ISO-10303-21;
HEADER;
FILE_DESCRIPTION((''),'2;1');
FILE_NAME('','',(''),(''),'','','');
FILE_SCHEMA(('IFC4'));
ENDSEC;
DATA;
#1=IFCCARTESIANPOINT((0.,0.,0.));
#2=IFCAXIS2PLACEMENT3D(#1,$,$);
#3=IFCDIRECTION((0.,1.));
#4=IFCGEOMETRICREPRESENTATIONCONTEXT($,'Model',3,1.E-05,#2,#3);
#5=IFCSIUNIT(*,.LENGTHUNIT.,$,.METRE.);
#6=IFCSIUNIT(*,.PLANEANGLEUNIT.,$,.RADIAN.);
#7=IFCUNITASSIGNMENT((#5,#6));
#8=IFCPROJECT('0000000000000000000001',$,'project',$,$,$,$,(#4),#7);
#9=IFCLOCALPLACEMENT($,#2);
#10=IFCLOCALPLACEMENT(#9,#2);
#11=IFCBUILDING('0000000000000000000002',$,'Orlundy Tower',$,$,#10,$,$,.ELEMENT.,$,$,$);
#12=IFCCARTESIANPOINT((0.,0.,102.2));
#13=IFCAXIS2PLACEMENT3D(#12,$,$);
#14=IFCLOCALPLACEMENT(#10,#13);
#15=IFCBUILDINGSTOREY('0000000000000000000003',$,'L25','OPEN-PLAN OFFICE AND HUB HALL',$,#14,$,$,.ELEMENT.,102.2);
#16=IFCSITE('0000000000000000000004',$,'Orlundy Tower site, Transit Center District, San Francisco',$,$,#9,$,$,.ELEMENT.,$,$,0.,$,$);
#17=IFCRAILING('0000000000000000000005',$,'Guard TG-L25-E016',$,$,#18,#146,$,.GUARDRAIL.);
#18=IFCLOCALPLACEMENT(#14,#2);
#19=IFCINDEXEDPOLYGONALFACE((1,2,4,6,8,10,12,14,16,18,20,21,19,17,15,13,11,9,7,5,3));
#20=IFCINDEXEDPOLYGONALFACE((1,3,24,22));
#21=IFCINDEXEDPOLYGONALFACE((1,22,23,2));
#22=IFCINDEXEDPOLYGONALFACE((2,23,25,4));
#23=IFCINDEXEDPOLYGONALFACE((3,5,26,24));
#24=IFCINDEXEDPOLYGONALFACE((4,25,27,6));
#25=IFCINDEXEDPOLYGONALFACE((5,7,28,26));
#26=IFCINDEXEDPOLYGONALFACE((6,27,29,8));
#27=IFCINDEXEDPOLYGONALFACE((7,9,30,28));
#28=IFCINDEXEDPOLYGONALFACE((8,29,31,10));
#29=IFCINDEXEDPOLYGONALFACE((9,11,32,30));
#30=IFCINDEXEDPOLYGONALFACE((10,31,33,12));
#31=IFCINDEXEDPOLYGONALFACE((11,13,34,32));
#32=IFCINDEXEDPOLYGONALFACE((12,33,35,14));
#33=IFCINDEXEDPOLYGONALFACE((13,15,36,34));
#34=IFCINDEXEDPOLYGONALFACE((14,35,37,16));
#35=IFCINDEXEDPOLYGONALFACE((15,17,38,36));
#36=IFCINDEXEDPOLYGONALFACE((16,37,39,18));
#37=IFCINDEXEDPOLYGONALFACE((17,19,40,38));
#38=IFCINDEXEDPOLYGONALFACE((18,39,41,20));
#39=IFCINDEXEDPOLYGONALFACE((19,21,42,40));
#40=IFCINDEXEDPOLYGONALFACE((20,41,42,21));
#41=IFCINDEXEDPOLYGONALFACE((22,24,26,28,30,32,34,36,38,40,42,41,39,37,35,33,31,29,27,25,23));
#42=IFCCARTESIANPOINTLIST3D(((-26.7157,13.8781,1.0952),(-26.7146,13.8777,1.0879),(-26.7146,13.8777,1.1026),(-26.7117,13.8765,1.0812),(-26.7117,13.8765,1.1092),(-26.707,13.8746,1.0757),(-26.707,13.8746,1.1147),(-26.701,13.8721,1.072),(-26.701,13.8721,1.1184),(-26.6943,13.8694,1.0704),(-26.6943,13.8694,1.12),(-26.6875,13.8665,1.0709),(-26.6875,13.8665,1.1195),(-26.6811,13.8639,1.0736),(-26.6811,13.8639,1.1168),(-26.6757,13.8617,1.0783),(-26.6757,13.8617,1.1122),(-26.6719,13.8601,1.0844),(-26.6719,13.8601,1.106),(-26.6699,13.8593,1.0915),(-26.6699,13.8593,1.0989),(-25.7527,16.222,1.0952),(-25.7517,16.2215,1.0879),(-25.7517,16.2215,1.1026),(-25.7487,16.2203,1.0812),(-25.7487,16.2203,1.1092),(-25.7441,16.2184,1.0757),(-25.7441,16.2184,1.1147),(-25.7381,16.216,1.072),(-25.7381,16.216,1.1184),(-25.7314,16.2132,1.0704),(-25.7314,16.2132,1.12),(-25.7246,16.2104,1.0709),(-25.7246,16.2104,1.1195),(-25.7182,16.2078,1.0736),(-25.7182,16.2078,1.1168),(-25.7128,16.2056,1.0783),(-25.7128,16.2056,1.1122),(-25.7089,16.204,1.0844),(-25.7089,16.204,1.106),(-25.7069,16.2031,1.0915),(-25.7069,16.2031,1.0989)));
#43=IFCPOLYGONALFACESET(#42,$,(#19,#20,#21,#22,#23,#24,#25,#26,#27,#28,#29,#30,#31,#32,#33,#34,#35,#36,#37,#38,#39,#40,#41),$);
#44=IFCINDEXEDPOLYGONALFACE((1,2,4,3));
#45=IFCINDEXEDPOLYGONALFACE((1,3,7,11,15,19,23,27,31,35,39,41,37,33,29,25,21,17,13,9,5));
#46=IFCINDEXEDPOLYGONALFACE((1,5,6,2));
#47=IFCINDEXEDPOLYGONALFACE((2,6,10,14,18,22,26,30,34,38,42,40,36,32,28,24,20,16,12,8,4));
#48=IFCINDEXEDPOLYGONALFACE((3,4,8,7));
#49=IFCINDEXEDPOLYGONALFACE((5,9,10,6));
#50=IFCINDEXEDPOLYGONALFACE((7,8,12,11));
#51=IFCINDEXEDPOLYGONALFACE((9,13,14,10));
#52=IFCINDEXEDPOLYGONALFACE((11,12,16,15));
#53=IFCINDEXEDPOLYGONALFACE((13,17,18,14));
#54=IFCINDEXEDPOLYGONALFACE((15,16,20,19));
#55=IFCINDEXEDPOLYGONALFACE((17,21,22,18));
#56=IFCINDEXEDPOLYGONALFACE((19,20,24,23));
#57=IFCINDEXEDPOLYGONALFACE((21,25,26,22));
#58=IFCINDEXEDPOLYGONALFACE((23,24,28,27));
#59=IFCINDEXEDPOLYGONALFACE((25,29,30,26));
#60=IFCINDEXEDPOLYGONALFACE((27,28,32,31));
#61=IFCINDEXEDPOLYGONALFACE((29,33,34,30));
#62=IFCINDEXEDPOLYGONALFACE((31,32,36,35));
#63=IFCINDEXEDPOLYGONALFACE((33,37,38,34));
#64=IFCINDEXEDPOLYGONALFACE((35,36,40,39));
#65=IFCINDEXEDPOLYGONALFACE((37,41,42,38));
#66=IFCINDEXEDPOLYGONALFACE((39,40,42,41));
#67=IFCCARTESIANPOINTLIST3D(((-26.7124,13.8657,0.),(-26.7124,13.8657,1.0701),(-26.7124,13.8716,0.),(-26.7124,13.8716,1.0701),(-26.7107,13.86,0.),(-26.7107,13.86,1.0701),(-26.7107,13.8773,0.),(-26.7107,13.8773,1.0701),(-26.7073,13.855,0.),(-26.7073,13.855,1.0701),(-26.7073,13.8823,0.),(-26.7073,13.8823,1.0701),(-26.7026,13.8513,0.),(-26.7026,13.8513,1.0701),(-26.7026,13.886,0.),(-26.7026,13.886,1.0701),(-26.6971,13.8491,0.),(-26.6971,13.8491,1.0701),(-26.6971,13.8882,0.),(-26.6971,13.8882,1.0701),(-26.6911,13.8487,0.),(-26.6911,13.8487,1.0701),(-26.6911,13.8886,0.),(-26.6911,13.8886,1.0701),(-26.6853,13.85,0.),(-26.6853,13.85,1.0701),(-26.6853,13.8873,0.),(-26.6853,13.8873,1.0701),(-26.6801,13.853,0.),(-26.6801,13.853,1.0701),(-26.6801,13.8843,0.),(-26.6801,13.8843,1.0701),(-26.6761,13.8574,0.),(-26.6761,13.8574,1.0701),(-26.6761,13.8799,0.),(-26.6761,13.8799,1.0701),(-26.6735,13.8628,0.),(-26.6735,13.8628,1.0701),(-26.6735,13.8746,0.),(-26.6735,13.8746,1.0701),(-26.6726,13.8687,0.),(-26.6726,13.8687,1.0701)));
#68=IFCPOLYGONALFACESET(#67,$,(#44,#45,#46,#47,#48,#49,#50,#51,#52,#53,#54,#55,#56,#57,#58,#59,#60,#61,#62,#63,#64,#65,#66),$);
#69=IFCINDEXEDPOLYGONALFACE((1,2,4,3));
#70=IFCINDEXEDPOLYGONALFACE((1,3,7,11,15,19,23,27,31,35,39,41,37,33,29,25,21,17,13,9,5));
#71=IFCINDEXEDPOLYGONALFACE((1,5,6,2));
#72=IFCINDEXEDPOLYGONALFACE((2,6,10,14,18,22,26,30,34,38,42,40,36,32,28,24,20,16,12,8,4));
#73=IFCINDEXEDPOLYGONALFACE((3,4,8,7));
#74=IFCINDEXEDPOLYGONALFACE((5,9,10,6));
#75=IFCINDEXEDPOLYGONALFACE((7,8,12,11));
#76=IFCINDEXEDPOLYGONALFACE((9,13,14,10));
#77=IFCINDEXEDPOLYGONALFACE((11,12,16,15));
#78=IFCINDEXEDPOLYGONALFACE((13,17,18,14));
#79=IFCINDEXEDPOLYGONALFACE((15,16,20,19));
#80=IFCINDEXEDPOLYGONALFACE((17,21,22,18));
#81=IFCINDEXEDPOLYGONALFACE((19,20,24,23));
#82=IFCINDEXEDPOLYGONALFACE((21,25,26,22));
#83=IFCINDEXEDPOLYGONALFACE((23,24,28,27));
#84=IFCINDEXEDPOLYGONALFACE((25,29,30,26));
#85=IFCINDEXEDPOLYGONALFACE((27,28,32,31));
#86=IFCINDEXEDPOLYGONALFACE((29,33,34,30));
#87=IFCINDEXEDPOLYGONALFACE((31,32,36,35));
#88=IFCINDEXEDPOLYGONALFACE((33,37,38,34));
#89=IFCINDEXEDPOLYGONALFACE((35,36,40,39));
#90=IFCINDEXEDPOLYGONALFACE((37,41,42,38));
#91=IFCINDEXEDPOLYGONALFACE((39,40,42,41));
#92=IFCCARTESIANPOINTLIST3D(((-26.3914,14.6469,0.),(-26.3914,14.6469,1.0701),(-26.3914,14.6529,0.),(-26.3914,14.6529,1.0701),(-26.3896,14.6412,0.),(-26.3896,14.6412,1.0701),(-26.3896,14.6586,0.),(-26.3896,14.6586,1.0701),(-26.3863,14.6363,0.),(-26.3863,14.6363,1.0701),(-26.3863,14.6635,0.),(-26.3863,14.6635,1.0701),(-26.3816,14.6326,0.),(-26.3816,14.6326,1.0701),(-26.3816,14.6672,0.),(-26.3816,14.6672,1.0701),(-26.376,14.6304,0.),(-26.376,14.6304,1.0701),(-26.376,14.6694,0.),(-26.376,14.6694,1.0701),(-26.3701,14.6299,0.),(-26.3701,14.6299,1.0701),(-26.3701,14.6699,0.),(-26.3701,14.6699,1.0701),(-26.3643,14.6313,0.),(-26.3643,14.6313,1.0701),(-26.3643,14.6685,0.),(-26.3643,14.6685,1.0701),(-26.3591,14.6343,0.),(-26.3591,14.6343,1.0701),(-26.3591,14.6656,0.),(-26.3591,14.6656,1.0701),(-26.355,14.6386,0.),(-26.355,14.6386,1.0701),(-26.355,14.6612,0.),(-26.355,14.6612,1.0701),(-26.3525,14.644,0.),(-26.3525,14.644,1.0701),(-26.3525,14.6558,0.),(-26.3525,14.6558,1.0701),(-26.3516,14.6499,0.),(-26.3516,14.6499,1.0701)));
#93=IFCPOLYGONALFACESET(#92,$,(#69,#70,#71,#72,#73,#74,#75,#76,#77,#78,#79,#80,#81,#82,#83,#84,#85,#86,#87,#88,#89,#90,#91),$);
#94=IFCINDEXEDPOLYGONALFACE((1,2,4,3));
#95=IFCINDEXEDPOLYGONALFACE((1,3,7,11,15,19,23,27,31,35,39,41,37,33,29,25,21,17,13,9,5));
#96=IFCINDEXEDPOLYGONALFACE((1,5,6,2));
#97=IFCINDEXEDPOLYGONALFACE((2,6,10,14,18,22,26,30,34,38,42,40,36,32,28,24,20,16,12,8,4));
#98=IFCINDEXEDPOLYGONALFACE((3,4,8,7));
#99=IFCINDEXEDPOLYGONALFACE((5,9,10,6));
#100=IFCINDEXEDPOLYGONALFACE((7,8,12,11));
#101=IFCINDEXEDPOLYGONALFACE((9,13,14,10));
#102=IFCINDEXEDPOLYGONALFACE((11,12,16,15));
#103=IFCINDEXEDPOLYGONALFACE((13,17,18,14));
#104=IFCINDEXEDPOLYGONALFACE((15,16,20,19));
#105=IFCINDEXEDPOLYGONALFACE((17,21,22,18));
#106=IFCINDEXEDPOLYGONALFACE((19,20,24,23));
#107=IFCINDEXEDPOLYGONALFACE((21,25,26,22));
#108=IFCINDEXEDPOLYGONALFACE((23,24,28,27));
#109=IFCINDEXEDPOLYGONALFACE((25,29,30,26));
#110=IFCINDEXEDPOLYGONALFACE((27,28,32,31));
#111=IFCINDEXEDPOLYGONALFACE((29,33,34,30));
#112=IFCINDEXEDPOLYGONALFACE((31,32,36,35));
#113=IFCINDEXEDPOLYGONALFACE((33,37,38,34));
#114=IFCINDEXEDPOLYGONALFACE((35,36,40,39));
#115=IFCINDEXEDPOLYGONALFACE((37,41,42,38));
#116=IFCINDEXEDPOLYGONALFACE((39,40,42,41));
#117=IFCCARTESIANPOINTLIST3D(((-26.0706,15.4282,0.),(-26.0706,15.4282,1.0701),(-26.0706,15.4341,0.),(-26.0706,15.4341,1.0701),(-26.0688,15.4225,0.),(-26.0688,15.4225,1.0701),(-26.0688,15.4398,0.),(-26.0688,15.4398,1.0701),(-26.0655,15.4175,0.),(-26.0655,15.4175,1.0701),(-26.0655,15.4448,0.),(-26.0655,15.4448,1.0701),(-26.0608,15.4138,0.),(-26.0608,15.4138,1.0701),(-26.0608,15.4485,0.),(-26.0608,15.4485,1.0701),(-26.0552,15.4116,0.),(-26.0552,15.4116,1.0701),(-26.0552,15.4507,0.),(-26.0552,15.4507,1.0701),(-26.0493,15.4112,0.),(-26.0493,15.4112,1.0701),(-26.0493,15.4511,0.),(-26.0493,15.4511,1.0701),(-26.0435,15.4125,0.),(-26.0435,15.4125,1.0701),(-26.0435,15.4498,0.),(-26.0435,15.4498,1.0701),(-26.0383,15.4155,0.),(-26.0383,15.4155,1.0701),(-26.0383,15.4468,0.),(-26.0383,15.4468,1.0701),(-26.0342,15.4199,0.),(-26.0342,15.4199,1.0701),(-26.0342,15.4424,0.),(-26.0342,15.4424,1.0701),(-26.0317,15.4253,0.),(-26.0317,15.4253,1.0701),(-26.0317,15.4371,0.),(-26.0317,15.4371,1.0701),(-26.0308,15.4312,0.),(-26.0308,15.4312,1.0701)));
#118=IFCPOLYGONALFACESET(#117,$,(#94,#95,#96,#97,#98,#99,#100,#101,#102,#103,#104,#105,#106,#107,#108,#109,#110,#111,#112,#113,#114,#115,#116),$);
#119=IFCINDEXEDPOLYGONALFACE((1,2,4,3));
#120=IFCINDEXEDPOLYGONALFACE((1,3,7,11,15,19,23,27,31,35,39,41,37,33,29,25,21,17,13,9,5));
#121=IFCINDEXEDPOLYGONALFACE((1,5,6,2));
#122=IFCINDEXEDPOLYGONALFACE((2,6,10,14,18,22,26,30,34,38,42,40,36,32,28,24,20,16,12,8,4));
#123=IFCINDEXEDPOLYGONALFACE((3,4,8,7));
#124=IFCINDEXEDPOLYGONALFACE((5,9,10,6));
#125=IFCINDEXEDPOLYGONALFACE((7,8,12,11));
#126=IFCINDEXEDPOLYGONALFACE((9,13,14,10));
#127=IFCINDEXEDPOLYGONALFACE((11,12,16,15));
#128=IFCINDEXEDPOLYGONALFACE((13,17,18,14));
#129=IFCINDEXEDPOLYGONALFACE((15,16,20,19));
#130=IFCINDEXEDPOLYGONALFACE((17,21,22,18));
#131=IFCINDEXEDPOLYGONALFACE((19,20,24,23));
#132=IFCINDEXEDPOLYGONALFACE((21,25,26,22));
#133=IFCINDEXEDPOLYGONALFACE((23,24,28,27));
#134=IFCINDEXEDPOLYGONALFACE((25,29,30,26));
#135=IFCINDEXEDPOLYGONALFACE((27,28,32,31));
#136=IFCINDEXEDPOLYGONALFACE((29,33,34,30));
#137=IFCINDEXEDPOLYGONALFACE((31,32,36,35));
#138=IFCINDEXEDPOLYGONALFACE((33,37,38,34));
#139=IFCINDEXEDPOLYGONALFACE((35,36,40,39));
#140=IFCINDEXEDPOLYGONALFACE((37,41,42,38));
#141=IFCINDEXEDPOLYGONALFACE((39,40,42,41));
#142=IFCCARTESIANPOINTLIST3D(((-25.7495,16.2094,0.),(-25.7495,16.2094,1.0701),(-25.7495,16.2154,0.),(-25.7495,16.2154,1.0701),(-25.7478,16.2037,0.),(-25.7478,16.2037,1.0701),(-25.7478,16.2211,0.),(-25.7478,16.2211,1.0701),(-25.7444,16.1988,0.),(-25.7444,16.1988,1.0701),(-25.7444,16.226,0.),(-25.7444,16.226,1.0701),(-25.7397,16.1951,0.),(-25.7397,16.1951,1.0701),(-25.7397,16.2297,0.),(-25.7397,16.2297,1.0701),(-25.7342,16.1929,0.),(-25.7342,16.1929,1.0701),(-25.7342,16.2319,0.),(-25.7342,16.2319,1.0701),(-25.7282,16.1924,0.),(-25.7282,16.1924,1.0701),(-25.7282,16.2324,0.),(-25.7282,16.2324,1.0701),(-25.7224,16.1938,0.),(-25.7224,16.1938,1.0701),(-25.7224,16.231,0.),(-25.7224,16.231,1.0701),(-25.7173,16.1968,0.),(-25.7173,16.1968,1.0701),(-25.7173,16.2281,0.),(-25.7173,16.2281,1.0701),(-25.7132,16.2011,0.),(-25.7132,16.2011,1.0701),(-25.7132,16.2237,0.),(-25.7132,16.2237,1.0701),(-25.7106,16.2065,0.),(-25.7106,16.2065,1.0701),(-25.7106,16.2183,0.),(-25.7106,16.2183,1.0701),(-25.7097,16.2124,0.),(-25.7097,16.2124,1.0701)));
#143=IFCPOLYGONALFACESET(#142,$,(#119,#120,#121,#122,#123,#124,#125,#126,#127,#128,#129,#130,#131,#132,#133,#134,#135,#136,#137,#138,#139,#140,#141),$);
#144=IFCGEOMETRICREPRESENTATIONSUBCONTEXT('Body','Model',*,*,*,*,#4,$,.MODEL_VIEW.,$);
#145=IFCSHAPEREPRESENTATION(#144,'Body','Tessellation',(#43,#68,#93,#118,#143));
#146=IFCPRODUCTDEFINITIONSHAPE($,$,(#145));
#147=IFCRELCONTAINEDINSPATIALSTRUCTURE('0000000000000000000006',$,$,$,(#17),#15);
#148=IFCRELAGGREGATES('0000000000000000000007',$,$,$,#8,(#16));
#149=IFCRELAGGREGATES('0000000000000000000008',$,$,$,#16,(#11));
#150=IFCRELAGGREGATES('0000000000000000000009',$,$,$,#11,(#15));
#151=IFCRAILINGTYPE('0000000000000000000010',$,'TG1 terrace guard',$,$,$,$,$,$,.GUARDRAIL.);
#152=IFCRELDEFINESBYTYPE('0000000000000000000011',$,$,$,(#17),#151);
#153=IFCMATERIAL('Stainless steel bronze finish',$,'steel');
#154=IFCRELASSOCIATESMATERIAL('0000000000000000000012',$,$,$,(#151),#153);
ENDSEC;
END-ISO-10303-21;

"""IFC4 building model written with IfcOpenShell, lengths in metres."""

from ifc_helpers import new_model, si_unit, direction, frame, origin, origin_2d, place, context, subcontext, project, spatial, circle, extrude, material, type_object, element, save


model = new_model("IFC4")

# Units and contexts
model_context = context("Model", 3, precision=1e-05, world=origin(), true_north=direction((0.0, 1.0)))
body_context = subcontext(model_context, "Body", "Model", "MODEL_VIEW")
ifc_project = project(units=[si_unit("LENGTHUNIT", "METRE"), si_unit("PLANEANGLEUNIT", "RADIAN")], contexts=[model_context])

# Site, building, storey
site_placement = place(None, origin())
site = spatial("IfcSite", under=ifc_project, at=site_placement, Name="Orlundy Tower site, Transit Center District, San Francisco", CompositionType="ELEMENT", RefElevation=0.0)
building_placement = place(site_placement, origin())
building = spatial("IfcBuilding", under=site, at=building_placement, Name="Orlundy Tower", CompositionType="ELEMENT")
storey_placement = place(building_placement, frame((0.0, 0.0, 102.2)))
storey = spatial("IfcBuildingStorey", under=building, at=storey_placement, Name="L25", Description="OPEN-PLAN OFFICE AND HUB HALL", CompositionType="ELEMENT", Elevation=102.2)

# Railing
ifc_material_1 = material(Name="Stainless steel bronze finish", Category="steel")
railing_type_1 = type_object("IfcRailingType", Name="TG1 terrace guard", PredefinedType="GUARDRAIL", material=ifc_material_1)
railing_1_placement = place(storey_placement, frame((-26.6926, 13.8687, 0.0)))
element("IfcRailing", 1, at=railing_1_placement, inside=storey, type_object=railing_type_1, Name="Guard TG-L25-E016", PredefinedType="GUARDRAIL", context=body_context, shape_type="SweptSolid", body=[
    extrude(circle(Radius=0.0249, at=origin_2d()), frame((0.0, 0.0, 1.0952), z_axis=(0.380013, 0.924981, 0.0), x_axis=(-0.924981, 0.380013, 0.0)), (0.0, 0.0, 1.0), 2.5339),
    extrude(circle(Radius=0.02, at=origin_2d()), origin(), (0.0, 0.0, 1.0), 1.0701),
    extrude(circle(Radius=0.02, at=origin_2d()), frame((0.321, 0.7812, 0.0)), (0.0, 0.0, 1.0), 1.0701),
    extrude(circle(Radius=0.02, at=origin_2d()), frame((0.6418, 1.5625, 0.0)), (0.0, 0.0, 1.0), 1.0701),
    extrude(circle(Radius=0.02, at=origin_2d()), frame((0.9629, 2.3438, 0.0)), (0.0, 0.0, 1.0), 1.0701),
])

save(model, "model.ifc")
